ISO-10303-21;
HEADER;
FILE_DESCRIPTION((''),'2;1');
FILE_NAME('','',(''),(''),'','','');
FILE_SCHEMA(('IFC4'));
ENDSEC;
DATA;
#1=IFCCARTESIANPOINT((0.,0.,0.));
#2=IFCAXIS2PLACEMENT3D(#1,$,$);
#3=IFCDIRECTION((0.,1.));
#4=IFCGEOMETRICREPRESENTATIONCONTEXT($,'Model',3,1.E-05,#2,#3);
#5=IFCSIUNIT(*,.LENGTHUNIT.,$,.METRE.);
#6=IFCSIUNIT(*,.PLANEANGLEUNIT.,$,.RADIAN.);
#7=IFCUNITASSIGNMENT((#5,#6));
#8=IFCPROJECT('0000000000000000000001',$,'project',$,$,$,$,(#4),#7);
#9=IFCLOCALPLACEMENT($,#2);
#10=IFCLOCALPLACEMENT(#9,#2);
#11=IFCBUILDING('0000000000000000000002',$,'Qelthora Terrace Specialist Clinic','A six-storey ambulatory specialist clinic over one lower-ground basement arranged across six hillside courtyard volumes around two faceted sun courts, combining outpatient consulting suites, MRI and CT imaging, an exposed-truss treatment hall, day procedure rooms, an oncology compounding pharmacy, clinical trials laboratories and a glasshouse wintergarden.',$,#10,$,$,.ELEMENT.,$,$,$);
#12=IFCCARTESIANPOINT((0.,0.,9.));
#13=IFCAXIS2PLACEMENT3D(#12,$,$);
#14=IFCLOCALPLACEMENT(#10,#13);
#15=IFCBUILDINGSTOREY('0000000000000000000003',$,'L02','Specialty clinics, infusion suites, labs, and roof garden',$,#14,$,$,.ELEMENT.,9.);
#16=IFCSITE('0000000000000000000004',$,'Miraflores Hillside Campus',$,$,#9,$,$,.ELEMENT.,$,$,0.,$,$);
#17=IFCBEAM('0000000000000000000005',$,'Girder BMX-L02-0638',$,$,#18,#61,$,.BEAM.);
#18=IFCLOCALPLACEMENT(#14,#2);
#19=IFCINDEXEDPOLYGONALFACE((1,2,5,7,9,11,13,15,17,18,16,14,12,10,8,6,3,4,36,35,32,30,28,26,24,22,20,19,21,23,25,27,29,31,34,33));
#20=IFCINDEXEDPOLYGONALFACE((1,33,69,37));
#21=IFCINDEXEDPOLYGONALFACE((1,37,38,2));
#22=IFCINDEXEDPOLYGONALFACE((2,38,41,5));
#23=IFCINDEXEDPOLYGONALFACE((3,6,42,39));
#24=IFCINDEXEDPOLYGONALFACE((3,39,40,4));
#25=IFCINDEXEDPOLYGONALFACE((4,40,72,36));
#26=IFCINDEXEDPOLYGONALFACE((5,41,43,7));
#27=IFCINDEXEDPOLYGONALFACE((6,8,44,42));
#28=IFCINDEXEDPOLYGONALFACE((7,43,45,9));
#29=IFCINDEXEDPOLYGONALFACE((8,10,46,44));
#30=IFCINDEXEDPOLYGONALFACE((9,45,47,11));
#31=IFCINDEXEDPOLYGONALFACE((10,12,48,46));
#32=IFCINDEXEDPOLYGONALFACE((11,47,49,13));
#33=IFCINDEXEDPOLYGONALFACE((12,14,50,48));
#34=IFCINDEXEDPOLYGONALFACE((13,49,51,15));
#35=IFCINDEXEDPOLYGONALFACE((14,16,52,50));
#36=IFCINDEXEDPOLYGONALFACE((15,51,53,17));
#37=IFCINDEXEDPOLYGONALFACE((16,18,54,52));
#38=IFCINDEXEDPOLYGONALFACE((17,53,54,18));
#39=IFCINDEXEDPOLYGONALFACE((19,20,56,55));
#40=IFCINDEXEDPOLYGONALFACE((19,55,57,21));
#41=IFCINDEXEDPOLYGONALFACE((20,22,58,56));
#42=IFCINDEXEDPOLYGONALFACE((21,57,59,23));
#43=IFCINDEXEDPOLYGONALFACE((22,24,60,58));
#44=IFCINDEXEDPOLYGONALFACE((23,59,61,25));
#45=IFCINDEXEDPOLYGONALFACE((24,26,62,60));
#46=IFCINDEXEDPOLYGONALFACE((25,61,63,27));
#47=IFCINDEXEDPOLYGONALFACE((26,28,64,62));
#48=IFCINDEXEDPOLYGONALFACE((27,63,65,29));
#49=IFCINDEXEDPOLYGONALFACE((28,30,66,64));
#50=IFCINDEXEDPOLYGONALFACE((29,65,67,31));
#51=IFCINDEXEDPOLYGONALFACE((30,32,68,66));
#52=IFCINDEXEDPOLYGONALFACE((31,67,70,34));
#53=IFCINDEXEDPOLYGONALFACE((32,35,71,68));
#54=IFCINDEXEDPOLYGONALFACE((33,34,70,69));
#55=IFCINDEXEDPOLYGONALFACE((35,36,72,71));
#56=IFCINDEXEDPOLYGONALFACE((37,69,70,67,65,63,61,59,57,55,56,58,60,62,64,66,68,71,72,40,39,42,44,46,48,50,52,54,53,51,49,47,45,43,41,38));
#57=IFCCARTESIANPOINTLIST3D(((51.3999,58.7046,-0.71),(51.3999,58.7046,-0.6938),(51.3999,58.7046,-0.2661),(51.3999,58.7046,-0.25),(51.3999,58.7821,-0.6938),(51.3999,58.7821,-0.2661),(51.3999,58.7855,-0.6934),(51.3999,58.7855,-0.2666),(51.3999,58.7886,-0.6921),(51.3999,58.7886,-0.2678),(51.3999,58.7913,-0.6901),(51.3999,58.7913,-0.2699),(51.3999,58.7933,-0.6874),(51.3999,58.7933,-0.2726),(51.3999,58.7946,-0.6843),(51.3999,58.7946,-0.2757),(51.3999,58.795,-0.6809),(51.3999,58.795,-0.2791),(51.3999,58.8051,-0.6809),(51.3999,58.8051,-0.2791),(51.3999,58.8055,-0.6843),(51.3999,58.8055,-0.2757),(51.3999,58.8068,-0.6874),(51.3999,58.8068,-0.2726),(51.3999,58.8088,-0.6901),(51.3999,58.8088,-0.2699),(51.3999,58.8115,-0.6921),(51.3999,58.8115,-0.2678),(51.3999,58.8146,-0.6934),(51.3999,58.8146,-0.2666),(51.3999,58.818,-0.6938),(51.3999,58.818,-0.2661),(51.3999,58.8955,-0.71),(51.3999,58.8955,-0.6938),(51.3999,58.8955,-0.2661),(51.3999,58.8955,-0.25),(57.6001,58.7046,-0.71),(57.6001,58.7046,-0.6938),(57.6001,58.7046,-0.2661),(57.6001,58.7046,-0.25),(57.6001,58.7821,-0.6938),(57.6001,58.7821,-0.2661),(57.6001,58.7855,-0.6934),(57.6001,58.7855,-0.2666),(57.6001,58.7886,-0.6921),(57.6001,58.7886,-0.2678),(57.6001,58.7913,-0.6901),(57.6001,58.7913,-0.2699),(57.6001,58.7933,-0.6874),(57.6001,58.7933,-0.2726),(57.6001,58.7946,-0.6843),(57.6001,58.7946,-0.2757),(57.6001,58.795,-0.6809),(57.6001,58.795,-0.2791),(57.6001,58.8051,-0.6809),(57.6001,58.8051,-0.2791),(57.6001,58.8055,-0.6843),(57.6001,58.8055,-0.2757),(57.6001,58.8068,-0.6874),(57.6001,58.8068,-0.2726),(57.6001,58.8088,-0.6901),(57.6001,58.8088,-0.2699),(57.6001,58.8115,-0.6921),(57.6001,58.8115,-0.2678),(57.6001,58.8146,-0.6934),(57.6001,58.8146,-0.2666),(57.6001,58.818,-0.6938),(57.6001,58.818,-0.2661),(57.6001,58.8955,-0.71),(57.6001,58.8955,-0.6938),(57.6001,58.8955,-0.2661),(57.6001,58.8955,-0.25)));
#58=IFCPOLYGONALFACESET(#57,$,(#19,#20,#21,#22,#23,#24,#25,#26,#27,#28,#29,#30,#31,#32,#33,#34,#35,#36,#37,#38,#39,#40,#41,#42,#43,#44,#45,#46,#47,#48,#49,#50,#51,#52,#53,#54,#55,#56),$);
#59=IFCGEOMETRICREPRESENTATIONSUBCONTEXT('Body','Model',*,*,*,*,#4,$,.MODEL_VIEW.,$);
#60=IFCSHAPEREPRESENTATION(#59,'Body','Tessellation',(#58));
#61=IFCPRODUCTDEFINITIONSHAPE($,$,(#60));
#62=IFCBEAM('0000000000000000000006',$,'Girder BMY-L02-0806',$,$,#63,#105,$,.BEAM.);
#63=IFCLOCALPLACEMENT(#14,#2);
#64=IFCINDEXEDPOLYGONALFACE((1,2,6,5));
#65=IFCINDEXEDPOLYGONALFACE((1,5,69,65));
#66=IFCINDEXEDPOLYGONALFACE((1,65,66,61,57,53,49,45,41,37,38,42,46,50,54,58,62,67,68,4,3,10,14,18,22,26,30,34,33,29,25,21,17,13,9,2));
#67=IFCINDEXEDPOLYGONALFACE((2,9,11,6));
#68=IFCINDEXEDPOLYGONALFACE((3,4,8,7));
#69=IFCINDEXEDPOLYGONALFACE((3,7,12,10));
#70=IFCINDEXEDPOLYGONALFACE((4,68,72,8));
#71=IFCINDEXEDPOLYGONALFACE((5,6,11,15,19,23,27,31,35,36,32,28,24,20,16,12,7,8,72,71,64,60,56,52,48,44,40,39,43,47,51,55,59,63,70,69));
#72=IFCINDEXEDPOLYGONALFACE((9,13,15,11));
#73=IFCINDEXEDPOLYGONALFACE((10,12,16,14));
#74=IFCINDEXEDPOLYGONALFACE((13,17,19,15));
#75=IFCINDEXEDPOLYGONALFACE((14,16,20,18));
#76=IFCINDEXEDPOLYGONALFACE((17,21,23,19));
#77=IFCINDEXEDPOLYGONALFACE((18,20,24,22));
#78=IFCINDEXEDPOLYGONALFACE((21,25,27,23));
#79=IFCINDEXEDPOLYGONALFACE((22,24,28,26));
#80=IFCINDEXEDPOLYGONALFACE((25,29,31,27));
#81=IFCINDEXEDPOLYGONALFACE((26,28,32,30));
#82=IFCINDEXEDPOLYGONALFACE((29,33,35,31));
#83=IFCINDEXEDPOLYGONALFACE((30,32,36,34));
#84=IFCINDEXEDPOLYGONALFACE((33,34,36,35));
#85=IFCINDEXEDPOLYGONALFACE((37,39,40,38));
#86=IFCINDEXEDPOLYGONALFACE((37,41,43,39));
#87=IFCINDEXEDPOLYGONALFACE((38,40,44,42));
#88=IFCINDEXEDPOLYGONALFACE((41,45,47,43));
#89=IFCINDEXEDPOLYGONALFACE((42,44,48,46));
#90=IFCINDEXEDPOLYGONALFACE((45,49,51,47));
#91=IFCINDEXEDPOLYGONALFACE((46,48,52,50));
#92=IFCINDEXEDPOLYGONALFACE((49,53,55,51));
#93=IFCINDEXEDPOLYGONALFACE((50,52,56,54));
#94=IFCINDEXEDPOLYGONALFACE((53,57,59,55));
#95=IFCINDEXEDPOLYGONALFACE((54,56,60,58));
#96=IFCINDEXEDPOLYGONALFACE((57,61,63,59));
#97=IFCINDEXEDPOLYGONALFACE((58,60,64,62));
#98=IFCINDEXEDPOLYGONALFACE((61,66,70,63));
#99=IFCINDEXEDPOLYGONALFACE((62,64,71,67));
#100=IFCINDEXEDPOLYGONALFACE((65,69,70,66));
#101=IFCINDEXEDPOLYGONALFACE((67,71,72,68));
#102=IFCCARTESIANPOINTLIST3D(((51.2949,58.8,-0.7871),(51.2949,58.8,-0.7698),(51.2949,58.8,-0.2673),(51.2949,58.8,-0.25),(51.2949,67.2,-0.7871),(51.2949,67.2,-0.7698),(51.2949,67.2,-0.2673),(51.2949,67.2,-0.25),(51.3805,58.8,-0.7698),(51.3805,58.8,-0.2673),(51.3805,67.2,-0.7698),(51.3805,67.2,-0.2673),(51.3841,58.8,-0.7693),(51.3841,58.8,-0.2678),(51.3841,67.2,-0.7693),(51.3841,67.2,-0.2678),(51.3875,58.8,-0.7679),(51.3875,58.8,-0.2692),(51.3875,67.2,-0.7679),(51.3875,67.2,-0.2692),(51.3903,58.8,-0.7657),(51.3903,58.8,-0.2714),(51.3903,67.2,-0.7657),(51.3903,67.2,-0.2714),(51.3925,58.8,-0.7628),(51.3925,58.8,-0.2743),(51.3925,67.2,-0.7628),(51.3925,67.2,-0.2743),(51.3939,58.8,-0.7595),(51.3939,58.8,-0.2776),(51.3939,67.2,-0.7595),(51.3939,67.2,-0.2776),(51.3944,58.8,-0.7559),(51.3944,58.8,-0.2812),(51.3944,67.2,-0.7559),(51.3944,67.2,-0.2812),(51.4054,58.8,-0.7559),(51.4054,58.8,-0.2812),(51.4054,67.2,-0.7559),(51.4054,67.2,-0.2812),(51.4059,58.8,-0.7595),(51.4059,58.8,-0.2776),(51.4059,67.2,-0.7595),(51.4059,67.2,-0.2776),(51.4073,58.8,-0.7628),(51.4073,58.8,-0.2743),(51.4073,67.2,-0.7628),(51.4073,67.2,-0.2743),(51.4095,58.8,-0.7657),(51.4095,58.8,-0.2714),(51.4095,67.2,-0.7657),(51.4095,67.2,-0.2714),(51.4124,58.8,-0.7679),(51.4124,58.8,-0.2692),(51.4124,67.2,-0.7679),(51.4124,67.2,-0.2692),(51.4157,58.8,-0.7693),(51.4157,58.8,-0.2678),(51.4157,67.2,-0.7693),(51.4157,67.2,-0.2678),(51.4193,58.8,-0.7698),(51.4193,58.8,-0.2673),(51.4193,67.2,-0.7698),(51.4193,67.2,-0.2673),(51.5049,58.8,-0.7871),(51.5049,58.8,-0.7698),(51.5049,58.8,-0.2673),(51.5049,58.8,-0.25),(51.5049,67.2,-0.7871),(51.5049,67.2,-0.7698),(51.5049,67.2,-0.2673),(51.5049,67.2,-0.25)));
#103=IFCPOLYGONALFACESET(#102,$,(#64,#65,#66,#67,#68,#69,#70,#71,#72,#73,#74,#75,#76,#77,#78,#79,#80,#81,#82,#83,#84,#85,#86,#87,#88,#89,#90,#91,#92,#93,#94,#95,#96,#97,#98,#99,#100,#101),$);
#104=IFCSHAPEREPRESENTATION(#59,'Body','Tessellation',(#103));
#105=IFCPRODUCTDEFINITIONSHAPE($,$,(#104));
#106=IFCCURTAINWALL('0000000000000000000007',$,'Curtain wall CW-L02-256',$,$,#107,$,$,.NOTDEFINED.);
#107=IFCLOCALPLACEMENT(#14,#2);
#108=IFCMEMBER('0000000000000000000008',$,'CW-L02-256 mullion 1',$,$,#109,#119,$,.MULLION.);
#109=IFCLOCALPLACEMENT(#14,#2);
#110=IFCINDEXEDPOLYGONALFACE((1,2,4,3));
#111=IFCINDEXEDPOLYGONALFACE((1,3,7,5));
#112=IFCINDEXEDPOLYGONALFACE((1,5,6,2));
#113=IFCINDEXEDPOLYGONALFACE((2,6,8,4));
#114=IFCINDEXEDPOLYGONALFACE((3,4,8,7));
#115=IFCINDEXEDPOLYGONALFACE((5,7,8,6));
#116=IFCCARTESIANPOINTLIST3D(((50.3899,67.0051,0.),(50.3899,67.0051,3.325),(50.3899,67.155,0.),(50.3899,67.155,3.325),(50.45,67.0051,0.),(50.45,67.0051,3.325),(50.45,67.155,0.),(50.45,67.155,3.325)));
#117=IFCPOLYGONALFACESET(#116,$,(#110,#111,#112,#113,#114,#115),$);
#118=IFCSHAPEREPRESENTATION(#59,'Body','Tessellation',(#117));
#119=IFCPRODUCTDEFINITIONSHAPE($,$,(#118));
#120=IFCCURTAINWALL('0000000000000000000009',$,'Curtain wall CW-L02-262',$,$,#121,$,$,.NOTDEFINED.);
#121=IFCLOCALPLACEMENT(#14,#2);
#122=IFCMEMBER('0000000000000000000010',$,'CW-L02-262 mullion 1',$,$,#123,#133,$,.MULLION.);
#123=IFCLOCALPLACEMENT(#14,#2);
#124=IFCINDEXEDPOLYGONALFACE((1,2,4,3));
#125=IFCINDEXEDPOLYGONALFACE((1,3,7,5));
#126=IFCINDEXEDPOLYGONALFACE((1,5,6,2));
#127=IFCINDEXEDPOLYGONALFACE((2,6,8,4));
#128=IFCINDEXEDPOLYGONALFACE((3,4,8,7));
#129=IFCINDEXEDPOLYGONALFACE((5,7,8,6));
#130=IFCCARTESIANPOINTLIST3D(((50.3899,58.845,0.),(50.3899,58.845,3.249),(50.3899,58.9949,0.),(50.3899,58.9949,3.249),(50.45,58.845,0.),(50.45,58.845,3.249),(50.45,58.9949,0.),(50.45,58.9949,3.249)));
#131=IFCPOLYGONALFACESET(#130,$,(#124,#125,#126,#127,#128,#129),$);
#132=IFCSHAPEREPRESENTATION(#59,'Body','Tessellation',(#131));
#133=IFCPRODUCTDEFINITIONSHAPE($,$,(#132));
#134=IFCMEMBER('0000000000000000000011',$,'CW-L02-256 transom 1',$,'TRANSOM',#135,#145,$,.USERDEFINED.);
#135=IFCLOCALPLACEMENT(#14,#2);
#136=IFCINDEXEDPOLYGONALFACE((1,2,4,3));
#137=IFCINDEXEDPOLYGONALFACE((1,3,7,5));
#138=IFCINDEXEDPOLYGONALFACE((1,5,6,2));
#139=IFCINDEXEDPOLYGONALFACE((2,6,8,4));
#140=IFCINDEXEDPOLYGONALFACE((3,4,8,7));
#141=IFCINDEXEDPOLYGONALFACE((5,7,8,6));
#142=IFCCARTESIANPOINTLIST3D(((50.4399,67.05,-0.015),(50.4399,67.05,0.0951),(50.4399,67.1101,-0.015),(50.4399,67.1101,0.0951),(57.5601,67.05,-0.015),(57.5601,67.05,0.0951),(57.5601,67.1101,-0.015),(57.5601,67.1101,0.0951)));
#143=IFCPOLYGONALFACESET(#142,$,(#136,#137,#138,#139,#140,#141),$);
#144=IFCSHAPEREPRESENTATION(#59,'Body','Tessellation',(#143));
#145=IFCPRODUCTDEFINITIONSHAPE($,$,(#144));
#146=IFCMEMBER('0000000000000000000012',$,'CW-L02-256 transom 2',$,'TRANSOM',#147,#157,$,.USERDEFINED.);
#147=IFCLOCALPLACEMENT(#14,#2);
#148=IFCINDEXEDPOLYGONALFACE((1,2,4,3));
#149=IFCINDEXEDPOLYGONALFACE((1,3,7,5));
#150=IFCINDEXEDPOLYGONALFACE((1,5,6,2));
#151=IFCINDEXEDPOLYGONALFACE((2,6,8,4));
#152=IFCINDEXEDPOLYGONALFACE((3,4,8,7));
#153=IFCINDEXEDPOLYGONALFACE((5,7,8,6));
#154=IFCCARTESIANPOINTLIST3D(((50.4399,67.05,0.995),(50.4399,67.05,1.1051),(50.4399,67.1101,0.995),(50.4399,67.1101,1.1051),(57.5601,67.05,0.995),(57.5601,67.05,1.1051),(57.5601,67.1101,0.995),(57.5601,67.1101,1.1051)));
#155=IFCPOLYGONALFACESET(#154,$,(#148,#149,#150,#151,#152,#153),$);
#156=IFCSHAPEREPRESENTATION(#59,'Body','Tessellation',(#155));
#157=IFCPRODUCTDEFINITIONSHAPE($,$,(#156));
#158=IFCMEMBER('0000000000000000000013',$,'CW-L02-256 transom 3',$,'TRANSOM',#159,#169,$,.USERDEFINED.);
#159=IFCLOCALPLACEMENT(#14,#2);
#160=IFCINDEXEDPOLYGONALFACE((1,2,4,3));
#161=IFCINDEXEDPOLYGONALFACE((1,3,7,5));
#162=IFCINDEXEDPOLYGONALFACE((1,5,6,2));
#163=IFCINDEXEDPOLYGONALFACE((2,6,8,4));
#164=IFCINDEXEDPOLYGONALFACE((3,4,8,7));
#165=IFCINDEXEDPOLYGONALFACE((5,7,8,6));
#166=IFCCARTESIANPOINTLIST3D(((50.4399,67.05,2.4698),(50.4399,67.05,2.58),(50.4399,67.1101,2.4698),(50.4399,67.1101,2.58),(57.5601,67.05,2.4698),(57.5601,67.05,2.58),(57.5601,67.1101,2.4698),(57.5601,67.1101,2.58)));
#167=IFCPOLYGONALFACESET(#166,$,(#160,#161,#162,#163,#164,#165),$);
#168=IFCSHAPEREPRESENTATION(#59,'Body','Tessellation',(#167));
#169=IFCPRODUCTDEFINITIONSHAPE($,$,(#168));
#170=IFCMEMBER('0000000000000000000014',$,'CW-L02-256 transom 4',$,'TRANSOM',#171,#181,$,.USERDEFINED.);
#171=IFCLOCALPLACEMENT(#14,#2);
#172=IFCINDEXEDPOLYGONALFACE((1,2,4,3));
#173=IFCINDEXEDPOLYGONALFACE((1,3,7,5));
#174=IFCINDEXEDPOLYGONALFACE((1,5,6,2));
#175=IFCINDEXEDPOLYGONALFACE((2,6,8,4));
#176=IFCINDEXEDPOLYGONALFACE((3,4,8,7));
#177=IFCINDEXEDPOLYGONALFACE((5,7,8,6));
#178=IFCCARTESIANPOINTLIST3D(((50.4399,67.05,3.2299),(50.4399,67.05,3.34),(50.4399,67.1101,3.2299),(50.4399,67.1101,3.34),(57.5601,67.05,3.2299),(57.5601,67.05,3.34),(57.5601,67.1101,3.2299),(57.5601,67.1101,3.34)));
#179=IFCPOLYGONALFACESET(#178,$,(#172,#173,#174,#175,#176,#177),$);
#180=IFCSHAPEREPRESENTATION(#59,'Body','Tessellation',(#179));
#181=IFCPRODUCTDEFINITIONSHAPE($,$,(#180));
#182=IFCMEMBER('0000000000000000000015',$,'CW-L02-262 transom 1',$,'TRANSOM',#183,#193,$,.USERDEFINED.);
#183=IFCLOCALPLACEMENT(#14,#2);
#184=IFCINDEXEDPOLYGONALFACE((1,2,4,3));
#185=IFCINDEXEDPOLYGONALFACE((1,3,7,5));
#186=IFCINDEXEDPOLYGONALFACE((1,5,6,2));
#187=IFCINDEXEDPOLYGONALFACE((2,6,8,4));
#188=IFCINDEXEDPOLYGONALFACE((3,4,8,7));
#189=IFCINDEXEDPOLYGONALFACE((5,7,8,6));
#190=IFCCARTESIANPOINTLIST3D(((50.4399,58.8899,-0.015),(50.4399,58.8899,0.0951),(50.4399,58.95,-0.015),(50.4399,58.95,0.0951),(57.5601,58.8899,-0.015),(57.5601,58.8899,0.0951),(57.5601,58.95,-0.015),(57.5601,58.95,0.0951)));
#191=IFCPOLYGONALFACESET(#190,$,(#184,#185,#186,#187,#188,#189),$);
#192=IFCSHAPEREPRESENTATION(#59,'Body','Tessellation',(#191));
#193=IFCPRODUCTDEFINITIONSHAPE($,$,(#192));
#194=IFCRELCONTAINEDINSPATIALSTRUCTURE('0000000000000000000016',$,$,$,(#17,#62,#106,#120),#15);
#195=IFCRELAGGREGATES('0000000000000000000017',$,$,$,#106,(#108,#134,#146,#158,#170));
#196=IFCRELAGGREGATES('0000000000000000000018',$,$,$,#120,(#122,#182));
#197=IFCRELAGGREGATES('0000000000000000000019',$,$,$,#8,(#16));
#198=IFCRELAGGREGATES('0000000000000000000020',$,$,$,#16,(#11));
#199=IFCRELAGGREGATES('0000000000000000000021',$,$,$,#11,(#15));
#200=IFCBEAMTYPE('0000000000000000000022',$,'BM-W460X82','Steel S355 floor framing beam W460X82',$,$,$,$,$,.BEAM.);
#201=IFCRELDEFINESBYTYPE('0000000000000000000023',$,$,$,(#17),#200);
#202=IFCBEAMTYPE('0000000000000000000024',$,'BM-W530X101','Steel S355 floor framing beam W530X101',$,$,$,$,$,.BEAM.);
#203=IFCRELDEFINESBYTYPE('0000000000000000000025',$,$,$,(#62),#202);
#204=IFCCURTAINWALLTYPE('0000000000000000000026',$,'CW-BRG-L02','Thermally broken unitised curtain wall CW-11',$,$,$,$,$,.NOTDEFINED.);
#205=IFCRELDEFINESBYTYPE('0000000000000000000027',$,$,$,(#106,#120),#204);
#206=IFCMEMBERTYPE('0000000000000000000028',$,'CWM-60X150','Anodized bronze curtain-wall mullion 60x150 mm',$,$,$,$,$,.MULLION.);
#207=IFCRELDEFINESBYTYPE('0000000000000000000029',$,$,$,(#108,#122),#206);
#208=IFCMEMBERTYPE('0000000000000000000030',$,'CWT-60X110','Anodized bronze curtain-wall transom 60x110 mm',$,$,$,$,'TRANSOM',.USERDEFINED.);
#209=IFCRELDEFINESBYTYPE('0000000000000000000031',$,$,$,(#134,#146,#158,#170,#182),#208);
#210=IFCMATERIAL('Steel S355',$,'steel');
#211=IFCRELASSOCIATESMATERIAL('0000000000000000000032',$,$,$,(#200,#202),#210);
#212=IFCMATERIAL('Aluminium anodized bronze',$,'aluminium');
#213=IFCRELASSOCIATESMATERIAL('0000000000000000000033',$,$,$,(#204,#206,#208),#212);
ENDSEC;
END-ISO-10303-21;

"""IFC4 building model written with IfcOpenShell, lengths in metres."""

from ifc_helpers import new_model, si_unit, direction, frame, origin, origin_2d, place, context, subcontext, project, spatial, rectangle, i_section, extrude, material, material_profile, profile_set, type_object, element, aggregate, save


model = new_model("IFC4")

# Units and contexts
model_context = context("Model", 3, precision=1e-05, world=origin(), true_north=direction((0.0, 1.0)))
body_context = subcontext(model_context, "Body", "Model", "MODEL_VIEW")
ifc_project = project(units=[si_unit("LENGTHUNIT", "METRE"), si_unit("PLANEANGLEUNIT", "RADIAN")], contexts=[model_context])

# Site, building, storey
site_placement = place(None, origin())
site = spatial("IfcSite", under=ifc_project, at=site_placement, Name="Miraflores Hillside Campus", CompositionType="ELEMENT", RefElevation=0.0)
building_placement = place(site_placement, origin())
building = spatial("IfcBuilding", under=site, at=building_placement, Name="Qelthora Terrace Specialist Clinic", Description="A six-storey ambulatory specialist clinic over one lower-ground basement arranged across six hillside courtyard volumes around two faceted sun courts, combining outpatient consulting suites, MRI and CT imaging, an exposed-truss treatment hall, day procedure rooms, an oncology compounding pharmacy, clinical trials laboratories and a glasshouse wintergarden.", CompositionType="ELEMENT")
storey_placement = place(building_placement, frame((0.0, 0.0, 9.0)))
storey = spatial("IfcBuildingStorey", under=building, at=storey_placement, Name="L02", Description="Specialty clinics, infusion suites, labs, and roof garden", CompositionType="ELEMENT", Elevation=9.0)

# Shared definitions
ifc_material_1 = material(Name="Steel S355", Category="steel")

# Beams
ifc_material_profile_1 = material_profile(ifc_material_1, i_section(OverallWidth=0.1909, OverallDepth=0.46, WebThickness=0.01, FlangeThickness=0.0161, FilletRadius=0.0129, at=origin_2d()), Name="W460X82")
ifc_profile_set_1 = profile_set([ifc_material_profile_1], Name="Steel S355")
beam_type_1 = type_object("IfcBeamType", Name="BM-W460X82", Description="Steel S355 floor framing beam W460X82", PredefinedType="BEAM", material=ifc_profile_set_1)
beam_1_placement = place(storey_placement, frame((51.3999, 58.8, -0.48), z_axis=(1.0, 0.0, 0.0), x_axis=(0.0, 1.0, 0.0)))
element("IfcBeam", 1, at=beam_1_placement, inside=storey, type_object=beam_type_1, Name="Girder BMX-L02-0638", PredefinedType="BEAM", context=body_context, shape_type="SweptSolid", body=[
    extrude(i_section(OverallWidth=0.1909, OverallDepth=0.46, WebThickness=0.01, FlangeThickness=0.0161, FilletRadius=0.0129, at=origin_2d()), origin(), (0.0, 0.0, 1.0), 6.2002),
])
ifc_material_profile_2 = material_profile(ifc_material_1, i_section(OverallWidth=0.21, OverallDepth=0.5371, WebThickness=0.011, FlangeThickness=0.0173, FilletRadius=0.0139, at=origin_2d()), Name="W530X101")
ifc_profile_set_2 = profile_set([ifc_material_profile_2], Name="Steel S355")
beam_type_2 = type_object("IfcBeamType", Name="BM-W530X101", Description="Steel S355 floor framing beam W530X101", PredefinedType="BEAM", material=ifc_profile_set_2)
beam_2_placement = place(storey_placement, frame((51.3999, 58.8, -0.5186), z_axis=(0.0, 1.0, 0.0), x_axis=(-1.0, 0.0, 0.0)))
element("IfcBeam", 2, at=beam_2_placement, inside=storey, type_object=beam_type_2, Name="Girder BMY-L02-0806", PredefinedType="BEAM", context=body_context, shape_type="SweptSolid", body=[
    extrude(i_section(OverallWidth=0.21, OverallDepth=0.5371, WebThickness=0.011, FlangeThickness=0.0173, FilletRadius=0.0139, at=origin_2d()), origin(), (0.0, 0.0, 1.0), 8.3999),
])

# Curtain walls, members
ifc_material_2 = material(Name="Aluminium anodized bronze", Category="aluminium")
curtain_wall_type = type_object("IfcCurtainWallType", Name="CW-BRG-L02", Description="Thermally broken unitised curtain wall CW-11", PredefinedType="NOTDEFINED", material=ifc_material_2)
curtain_wall_1_placement = place(storey_placement, origin())
curtain_wall_1 = element("IfcCurtainWall", 3, at=curtain_wall_1_placement, inside=storey, type_object=curtain_wall_type, Name="Curtain wall CW-L02-256", PredefinedType="NOTDEFINED")
ifc_material_profile_3 = material_profile(ifc_material_2, rectangle(XDim=0.0601, YDim=0.1499, at=origin_2d()), Name="CWM60X150")
ifc_profile_set_3 = profile_set([ifc_material_profile_3], Name="Aluminium anodized bronze")
member_type_1 = type_object("IfcMemberType", Name="CWM-60X150", Description="Anodized bronze curtain-wall mullion 60x150 mm", PredefinedType="MULLION", material=ifc_profile_set_3)
member_1_placement = place(storey_placement, frame((50.4199, 67.0801, 0.0), z_axis=(0.0, 0.0, 1.0), x_axis=(1.0, 0.0, 0.0)))
member_1 = element("IfcMember", 4, at=member_1_placement, type_object=member_type_1, Name="CW-L02-256 mullion 1", PredefinedType="MULLION", context=body_context, shape_type="SweptSolid", body=[
    extrude(rectangle(XDim=0.0601, YDim=0.1499, at=origin_2d()), origin(), (0.0, 0.0, 1.0), 3.325),
])
curtain_wall_2_placement = place(storey_placement, origin())
curtain_wall_2 = element("IfcCurtainWall", 5, at=curtain_wall_2_placement, inside=storey, type_object=curtain_wall_type, Name="Curtain wall CW-L02-262", PredefinedType="NOTDEFINED")
member_2_placement = place(storey_placement, frame((50.4199, 58.9199, 0.0), z_axis=(0.0, 0.0, 1.0), x_axis=(1.0, 0.0, 0.0)))
member_2 = element("IfcMember", 6, at=member_2_placement, type_object=member_type_1, Name="CW-L02-262 mullion 1", PredefinedType="MULLION", context=body_context, shape_type="SweptSolid", body=[
    extrude(rectangle(XDim=0.0601, YDim=0.1499, at=origin_2d()), origin(), (0.0, 0.0, 1.0), 3.249),
])

# Members
ifc_material_profile_4 = material_profile(ifc_material_2, rectangle(XDim=0.0601, YDim=0.1101, at=origin_2d()), Name="CWT60X110")
ifc_profile_set_4 = profile_set([ifc_material_profile_4], Name="Aluminium anodized bronze")
member_type_2 = type_object("IfcMemberType", Name="CWT-60X110", Description="Anodized bronze curtain-wall transom 60x110 mm", ElementType="TRANSOM", PredefinedType="USERDEFINED", material=ifc_profile_set_4)
member_3_placement = place(storey_placement, frame((50.4399, 67.0801, 0.04), z_axis=(1.0, 0.0, 0.0), x_axis=(0.0, 1.0, 0.0)))
member_3 = element("IfcMember", 7, at=member_3_placement, type_object=member_type_2, Name="CW-L02-256 transom 1", ObjectType="TRANSOM", PredefinedType="USERDEFINED", context=body_context, shape_type="SweptSolid", body=[
    extrude(rectangle(XDim=0.0601, YDim=0.1101, at=origin_2d()), origin(), (0.0, 0.0, 1.0), 7.1201),
])
member_4_placement = place(storey_placement, frame((50.4399, 67.0801, 1.05), z_axis=(1.0, 0.0, 0.0), x_axis=(0.0, 1.0, 0.0)))
member_4 = element("IfcMember", 8, at=member_4_placement, type_object=member_type_2, Name="CW-L02-256 transom 2", ObjectType="TRANSOM", PredefinedType="USERDEFINED", context=body_context, shape_type="SweptSolid", body=[
    extrude(rectangle(XDim=0.0601, YDim=0.1101, at=origin_2d()), origin(), (0.0, 0.0, 1.0), 7.1201),
])
member_5_placement = place(storey_placement, frame((50.4399, 67.0801, 2.5249), z_axis=(1.0, 0.0, 0.0), x_axis=(0.0, 1.0, 0.0)))
member_5 = element("IfcMember", 9, at=member_5_placement, type_object=member_type_2, Name="CW-L02-256 transom 3", ObjectType="TRANSOM", PredefinedType="USERDEFINED", context=body_context, shape_type="SweptSolid", body=[
    extrude(rectangle(XDim=0.0601, YDim=0.1101, at=origin_2d()), origin(), (0.0, 0.0, 1.0), 7.1201),
])
member_6_placement = place(storey_placement, frame((50.4399, 67.0801, 3.2849), z_axis=(1.0, 0.0, 0.0), x_axis=(0.0, 1.0, 0.0)))
member_6 = element("IfcMember", 10, at=member_6_placement, type_object=member_type_2, Name="CW-L02-256 transom 4", ObjectType="TRANSOM", PredefinedType="USERDEFINED", context=body_context, shape_type="SweptSolid", body=[
    extrude(rectangle(XDim=0.0601, YDim=0.1101, at=origin_2d()), origin(), (0.0, 0.0, 1.0), 7.1201),
])
member_7_placement = place(storey_placement, frame((50.4399, 58.9199, 0.04), z_axis=(1.0, 0.0, 0.0), x_axis=(0.0, 1.0, 0.0)))
member_7 = element("IfcMember", 11, at=member_7_placement, type_object=member_type_2, Name="CW-L02-262 transom 1", ObjectType="TRANSOM", PredefinedType="USERDEFINED", context=body_context, shape_type="SweptSolid", body=[
    extrude(rectangle(XDim=0.0601, YDim=0.1101, at=origin_2d()), origin(), (0.0, 0.0, 1.0), 7.1201),
])

aggregate(curtain_wall_1, [member_1, member_3, member_4, member_5, member_6])
aggregate(curtain_wall_2, [member_2, member_7])

save(model, "model.ifc")
